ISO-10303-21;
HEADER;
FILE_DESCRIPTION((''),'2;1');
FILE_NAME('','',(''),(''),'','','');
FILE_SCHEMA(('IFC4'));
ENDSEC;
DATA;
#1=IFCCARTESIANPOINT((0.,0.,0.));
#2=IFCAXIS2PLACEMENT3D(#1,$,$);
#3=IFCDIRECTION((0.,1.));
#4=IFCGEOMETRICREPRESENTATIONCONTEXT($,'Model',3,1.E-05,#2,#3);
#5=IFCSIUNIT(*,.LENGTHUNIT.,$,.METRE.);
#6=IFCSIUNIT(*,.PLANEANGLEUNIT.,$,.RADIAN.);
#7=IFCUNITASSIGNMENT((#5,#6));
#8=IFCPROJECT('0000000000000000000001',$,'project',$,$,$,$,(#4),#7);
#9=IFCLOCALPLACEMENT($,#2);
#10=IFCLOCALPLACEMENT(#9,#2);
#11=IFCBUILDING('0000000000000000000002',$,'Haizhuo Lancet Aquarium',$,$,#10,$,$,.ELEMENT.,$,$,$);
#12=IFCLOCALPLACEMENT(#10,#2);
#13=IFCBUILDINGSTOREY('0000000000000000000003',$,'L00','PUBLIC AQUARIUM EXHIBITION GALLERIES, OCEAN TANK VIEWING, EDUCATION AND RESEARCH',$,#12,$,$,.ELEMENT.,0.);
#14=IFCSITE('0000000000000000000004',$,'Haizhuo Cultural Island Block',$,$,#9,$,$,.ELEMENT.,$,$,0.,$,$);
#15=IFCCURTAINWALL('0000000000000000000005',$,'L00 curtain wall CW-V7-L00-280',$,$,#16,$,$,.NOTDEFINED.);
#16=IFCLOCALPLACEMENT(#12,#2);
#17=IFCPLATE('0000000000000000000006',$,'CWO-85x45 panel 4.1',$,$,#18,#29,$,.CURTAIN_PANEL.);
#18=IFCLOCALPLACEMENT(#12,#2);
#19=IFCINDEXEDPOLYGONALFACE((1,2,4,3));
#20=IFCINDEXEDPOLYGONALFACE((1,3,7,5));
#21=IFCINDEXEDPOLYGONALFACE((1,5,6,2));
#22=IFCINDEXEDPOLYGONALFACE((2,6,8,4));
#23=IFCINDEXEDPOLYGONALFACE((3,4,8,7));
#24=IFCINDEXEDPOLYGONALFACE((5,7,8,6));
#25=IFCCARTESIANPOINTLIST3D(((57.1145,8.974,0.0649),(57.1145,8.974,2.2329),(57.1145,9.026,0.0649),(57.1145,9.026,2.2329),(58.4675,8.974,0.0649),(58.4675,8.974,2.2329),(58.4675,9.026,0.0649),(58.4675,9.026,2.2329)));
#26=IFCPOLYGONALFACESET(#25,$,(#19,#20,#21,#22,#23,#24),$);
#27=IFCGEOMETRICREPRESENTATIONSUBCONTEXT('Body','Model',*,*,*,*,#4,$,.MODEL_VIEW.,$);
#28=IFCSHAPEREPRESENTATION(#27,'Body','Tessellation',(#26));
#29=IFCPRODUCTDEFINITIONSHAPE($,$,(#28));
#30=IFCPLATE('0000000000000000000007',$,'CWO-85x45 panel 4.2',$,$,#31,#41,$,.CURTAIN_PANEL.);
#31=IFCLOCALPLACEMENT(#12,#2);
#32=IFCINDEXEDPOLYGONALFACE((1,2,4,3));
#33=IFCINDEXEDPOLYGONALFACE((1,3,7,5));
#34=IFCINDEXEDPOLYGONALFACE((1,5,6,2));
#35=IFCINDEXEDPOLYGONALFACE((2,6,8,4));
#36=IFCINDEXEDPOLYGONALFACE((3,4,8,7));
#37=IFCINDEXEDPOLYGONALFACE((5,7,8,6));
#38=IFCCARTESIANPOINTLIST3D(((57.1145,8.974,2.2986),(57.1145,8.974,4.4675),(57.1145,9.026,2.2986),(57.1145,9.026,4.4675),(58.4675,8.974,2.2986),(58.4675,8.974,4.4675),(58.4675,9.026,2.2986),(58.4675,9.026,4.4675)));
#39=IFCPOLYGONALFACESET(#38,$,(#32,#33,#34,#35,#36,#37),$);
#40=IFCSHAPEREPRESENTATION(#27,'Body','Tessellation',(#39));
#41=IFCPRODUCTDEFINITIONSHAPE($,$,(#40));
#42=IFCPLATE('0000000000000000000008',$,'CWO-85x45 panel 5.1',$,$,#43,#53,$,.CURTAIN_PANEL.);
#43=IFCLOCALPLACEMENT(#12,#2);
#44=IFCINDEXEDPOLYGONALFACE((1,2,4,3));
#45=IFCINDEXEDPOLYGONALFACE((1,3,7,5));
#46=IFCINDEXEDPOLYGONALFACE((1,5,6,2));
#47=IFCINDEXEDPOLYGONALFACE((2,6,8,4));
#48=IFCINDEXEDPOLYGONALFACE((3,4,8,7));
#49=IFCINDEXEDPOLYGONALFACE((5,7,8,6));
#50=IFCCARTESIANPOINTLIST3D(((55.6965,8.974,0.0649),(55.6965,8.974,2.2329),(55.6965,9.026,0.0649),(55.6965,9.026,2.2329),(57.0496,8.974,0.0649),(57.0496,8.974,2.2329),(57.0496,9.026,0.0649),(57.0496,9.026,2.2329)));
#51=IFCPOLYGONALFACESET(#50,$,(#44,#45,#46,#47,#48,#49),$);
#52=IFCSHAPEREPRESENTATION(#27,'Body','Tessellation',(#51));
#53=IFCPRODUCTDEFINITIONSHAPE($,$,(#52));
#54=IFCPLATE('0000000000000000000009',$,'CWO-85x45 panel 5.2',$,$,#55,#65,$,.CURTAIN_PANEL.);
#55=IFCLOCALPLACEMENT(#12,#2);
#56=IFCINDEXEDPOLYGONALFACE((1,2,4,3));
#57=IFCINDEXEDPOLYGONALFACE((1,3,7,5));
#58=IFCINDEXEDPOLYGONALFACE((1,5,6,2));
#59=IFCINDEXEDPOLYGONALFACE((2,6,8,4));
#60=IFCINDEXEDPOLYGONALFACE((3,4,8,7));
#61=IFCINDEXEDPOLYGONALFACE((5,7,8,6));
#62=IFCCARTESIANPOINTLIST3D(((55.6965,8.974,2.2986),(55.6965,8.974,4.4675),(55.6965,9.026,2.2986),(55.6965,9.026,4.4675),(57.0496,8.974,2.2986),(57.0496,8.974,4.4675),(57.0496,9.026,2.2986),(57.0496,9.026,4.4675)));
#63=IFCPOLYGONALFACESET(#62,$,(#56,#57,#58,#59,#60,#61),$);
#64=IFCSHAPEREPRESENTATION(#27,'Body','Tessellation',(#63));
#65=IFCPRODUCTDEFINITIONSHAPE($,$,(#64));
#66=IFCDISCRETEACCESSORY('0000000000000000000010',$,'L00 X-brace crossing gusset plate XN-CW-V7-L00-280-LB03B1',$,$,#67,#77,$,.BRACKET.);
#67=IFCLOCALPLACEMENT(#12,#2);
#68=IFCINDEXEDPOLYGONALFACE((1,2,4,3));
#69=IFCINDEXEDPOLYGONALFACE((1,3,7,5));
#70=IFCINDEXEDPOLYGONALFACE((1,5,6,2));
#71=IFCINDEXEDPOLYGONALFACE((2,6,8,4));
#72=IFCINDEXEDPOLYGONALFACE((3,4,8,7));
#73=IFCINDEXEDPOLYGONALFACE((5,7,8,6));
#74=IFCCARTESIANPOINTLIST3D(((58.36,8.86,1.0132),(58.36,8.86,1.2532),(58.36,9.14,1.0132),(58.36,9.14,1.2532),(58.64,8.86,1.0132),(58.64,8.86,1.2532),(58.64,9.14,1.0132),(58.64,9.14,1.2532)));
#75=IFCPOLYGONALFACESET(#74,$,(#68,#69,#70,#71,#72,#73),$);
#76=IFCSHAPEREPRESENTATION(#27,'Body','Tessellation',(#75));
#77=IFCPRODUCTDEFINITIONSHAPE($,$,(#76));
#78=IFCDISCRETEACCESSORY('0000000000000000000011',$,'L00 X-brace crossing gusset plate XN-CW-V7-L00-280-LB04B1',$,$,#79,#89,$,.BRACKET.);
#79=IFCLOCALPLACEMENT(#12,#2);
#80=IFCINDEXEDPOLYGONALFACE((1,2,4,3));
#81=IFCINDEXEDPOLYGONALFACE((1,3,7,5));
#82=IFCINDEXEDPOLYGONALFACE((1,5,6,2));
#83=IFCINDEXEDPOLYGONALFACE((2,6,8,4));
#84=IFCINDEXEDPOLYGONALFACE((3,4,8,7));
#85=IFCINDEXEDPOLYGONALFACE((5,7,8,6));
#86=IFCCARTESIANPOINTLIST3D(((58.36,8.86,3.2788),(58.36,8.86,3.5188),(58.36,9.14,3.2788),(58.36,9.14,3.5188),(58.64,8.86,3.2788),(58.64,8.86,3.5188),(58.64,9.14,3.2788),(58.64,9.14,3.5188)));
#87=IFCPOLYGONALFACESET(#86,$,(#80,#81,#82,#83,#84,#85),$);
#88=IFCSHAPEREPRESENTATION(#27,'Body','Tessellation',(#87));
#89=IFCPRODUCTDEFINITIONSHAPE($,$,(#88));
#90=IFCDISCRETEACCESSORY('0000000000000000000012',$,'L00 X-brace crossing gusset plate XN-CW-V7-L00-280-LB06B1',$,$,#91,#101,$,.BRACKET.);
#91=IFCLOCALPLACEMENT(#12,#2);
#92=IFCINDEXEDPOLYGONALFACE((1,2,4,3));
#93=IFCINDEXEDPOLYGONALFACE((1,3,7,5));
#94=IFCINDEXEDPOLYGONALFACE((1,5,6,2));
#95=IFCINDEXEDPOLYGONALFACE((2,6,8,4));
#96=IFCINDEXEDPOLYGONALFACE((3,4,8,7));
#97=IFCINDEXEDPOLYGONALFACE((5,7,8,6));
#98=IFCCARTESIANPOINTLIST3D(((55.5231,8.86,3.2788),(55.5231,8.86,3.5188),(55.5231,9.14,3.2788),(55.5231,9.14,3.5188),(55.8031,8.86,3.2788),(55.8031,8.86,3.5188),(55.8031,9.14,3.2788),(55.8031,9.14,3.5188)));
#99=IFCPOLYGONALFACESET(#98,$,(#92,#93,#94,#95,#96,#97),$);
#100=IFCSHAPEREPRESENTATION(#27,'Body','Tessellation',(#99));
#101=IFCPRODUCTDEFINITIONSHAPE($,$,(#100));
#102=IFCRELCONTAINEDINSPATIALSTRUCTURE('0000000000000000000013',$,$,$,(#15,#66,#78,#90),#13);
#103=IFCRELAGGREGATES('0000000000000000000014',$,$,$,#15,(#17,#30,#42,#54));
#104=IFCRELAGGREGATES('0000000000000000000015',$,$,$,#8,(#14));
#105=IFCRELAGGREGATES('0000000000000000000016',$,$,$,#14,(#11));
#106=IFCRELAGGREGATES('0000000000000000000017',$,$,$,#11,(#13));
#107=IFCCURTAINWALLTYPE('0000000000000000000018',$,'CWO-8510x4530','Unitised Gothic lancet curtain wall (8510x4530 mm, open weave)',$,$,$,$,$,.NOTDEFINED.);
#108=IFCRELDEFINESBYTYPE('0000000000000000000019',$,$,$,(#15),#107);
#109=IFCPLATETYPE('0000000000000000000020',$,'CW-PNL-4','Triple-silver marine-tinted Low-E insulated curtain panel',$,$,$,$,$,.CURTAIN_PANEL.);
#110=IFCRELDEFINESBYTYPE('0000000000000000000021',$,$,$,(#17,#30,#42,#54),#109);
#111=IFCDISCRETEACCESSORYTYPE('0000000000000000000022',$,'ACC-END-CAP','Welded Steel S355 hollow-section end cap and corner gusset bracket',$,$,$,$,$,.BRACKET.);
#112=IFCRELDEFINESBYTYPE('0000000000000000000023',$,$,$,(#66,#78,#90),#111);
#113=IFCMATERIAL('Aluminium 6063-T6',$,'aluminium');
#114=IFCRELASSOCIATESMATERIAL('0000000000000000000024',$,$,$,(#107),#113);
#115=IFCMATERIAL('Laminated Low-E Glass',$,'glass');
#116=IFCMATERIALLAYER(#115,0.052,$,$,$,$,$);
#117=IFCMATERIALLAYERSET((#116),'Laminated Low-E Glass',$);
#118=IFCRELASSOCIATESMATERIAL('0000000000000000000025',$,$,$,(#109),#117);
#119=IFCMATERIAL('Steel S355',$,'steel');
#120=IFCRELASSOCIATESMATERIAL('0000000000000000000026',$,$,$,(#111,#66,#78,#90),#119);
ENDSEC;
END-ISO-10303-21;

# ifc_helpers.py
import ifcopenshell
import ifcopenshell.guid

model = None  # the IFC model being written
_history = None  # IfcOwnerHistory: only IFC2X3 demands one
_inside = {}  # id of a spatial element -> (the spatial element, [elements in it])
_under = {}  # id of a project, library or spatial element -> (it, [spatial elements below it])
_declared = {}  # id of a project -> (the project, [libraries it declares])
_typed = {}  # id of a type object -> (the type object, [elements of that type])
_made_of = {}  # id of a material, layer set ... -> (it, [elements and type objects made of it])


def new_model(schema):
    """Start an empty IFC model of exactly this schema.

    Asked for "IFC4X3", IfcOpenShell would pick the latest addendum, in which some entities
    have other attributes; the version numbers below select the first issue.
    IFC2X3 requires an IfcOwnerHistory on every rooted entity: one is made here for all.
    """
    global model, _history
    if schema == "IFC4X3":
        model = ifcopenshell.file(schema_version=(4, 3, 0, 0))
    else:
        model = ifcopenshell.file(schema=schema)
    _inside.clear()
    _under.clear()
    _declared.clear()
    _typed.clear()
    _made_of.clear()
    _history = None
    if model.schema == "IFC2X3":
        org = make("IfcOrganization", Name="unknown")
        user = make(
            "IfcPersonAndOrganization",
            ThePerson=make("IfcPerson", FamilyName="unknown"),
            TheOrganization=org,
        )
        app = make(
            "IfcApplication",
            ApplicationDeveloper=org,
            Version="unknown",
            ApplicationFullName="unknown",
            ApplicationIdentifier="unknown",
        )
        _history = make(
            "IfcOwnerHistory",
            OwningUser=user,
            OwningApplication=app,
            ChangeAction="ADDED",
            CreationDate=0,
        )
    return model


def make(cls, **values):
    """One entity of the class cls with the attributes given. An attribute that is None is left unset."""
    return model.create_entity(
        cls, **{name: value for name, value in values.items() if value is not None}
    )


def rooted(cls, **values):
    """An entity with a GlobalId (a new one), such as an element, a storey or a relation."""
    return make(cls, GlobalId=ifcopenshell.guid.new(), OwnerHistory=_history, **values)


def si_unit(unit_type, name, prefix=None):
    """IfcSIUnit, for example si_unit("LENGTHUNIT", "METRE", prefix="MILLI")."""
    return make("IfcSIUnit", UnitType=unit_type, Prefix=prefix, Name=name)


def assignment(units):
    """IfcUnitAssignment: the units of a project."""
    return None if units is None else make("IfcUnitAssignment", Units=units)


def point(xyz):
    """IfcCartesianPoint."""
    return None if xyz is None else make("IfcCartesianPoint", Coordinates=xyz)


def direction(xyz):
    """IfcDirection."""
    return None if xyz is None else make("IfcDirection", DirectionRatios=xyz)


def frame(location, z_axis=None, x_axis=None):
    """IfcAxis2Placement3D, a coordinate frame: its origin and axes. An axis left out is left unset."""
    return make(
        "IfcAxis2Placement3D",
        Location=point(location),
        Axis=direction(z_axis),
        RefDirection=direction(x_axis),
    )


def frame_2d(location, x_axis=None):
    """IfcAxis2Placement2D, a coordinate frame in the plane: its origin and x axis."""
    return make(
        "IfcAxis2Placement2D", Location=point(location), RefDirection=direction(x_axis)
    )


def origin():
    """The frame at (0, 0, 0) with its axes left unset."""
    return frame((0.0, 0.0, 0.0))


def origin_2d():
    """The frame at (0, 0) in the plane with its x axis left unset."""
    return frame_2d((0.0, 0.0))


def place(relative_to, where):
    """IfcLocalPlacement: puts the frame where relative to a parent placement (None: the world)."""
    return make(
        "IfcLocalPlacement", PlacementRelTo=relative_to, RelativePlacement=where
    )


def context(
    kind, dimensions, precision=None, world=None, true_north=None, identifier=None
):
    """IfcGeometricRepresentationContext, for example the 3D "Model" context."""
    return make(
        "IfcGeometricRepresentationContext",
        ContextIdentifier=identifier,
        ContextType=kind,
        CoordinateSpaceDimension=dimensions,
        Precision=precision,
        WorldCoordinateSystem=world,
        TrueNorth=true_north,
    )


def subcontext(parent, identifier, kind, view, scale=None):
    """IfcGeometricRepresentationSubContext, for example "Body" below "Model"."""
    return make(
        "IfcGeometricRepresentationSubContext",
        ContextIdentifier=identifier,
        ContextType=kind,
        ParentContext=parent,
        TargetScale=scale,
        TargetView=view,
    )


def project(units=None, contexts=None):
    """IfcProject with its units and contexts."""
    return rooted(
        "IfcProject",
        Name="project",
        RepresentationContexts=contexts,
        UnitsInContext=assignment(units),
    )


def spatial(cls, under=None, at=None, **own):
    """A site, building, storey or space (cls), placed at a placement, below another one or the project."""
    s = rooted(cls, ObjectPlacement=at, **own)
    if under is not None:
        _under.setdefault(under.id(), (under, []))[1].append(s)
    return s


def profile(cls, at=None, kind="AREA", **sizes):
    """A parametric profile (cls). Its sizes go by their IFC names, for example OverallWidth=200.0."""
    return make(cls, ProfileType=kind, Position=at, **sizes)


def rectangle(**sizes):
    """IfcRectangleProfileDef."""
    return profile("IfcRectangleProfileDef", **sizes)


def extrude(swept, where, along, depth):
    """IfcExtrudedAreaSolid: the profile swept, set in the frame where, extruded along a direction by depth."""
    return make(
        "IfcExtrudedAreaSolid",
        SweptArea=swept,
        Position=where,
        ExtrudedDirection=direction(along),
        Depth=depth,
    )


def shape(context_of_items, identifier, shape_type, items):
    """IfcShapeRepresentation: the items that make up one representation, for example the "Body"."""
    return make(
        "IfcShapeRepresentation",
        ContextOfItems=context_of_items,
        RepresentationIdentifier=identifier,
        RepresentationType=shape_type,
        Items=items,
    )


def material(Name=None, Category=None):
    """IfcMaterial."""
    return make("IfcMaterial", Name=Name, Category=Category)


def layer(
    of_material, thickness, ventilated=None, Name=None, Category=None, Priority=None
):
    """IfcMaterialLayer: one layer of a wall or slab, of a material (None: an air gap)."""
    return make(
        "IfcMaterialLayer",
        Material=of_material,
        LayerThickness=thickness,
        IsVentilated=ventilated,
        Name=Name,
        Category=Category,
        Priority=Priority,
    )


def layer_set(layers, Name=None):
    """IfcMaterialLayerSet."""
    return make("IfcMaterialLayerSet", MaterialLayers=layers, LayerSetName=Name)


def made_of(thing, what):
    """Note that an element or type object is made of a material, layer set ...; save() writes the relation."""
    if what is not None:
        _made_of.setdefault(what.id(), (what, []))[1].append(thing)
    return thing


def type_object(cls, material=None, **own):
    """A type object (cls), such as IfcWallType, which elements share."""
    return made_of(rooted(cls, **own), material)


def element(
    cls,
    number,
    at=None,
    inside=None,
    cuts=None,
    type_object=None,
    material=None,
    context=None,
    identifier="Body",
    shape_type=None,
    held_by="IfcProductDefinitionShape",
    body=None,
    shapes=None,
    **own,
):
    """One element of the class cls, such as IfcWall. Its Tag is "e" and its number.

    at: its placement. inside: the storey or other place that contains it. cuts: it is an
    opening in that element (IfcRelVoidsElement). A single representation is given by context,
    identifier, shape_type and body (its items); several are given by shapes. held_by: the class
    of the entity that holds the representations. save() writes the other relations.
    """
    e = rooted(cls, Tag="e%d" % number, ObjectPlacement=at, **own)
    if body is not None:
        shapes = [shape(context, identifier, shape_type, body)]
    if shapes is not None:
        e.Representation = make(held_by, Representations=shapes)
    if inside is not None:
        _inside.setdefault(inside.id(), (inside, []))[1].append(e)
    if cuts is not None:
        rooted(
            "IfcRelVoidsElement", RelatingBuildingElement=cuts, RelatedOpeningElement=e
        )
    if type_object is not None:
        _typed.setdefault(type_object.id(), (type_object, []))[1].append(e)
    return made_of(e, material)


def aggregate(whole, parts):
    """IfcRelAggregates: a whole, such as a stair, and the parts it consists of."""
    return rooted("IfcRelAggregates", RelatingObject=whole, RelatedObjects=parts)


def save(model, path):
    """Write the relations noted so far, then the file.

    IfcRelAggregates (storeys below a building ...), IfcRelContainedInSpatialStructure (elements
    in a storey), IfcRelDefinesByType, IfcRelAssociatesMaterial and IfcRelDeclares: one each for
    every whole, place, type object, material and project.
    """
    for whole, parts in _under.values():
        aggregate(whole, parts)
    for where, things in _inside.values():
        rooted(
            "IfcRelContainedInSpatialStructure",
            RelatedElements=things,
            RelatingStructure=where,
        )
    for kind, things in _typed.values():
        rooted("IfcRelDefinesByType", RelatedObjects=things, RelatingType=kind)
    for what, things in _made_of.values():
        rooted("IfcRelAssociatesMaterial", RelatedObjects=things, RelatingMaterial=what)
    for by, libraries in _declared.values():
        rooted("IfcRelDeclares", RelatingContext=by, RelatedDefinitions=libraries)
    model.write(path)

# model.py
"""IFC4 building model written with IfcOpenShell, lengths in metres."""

from ifc_helpers import new_model, si_unit, direction, frame, origin, origin_2d, place, context, subcontext, project, spatial, rectangle, extrude, material, layer, layer_set, type_object, element, aggregate, save


model = new_model("IFC4")

# Units and contexts
model_context = context("Model", 3, precision=1e-05, world=origin(), true_north=direction((0.0, 1.0)))
body_context = subcontext(model_context, "Body", "Model", "MODEL_VIEW")
ifc_project = project(units=[si_unit("LENGTHUNIT", "METRE"), si_unit("PLANEANGLEUNIT", "RADIAN")], contexts=[model_context])

# Site, building, storey
site_placement = place(None, origin())
site = spatial("IfcSite", under=ifc_project, at=site_placement, Name="Haizhuo Cultural Island Block", CompositionType="ELEMENT", RefElevation=0.0)
building_placement = place(site_placement, origin())
building = spatial("IfcBuilding", under=site, at=building_placement, Name="Haizhuo Lancet Aquarium", CompositionType="ELEMENT")
storey_placement = place(building_placement, origin())
storey = spatial("IfcBuildingStorey", under=building, at=storey_placement, Name="L00", Description="PUBLIC AQUARIUM EXHIBITION GALLERIES, OCEAN TANK VIEWING, EDUCATION AND RESEARCH", CompositionType="ELEMENT", Elevation=0.0)

# Shared definitions
ifc_material_1 = material(Name="Steel S355", Category="steel")

# Curtain wall
ifc_material_2 = material(Name="Aluminium 6063-T6", Category="aluminium")
curtain_wall_type = type_object("IfcCurtainWallType", Name="CWO-8510x4530", Description="Unitised Gothic lancet curtain wall (8510x4530 mm, open weave)", PredefinedType="NOTDEFINED", material=ifc_material_2)
curtain_wall_placement = place(storey_placement, origin())
curtain_wall = element("IfcCurtainWall", 1, at=curtain_wall_placement, inside=storey, type_object=curtain_wall_type, Name="L00 curtain wall CW-V7-L00-280", PredefinedType="NOTDEFINED")

# Plates
ifc_material_3 = material(Name="Laminated Low-E Glass", Category="glass")
ifc_layer = layer(ifc_material_3, 0.052)
ifc_layer_set = layer_set([ifc_layer], Name="Laminated Low-E Glass")
plate_type = type_object("IfcPlateType", Name="CW-PNL-4", Description="Triple-silver marine-tinted Low-E insulated curtain panel", PredefinedType="CURTAIN_PANEL", material=ifc_layer_set)
plate_1_placement = place(storey_placement, frame((57.791, 9.0, 0.0649), z_axis=(0.0, 0.0, 1.0), x_axis=(-1.0, 0.0, 0.0)))
plate_1 = element("IfcPlate", 2, at=plate_1_placement, type_object=plate_type, Name="CWO-85x45 panel 4.1", PredefinedType="CURTAIN_PANEL", context=body_context, shape_type="SweptSolid", body=[
    extrude(rectangle(XDim=1.353, YDim=0.052, at=origin_2d()), origin(), (0.0, 0.0, 1.0), 2.168),
])
plate_2_placement = place(storey_placement, frame((57.791, 9.0, 2.2986), z_axis=(0.0, 0.0, 1.0), x_axis=(-1.0, 0.0, 0.0)))
plate_2 = element("IfcPlate", 3, at=plate_2_placement, type_object=plate_type, Name="CWO-85x45 panel 4.2", PredefinedType="CURTAIN_PANEL", context=body_context, shape_type="SweptSolid", body=[
    extrude(rectangle(XDim=1.353, YDim=0.052, at=origin_2d()), origin(), (0.0, 0.0, 1.0), 2.1689),
])
plate_3_placement = place(storey_placement, frame((56.373, 9.0, 0.0649), z_axis=(0.0, 0.0, 1.0), x_axis=(-1.0, 0.0, 0.0)))
plate_3 = element("IfcPlate", 4, at=plate_3_placement, type_object=plate_type, Name="CWO-85x45 panel 5.1", PredefinedType="CURTAIN_PANEL", context=body_context, shape_type="SweptSolid", body=[
    extrude(rectangle(XDim=1.353, YDim=0.052, at=origin_2d()), origin(), (0.0, 0.0, 1.0), 2.168),
])
plate_4_placement = place(storey_placement, frame((56.373, 9.0, 2.2986), z_axis=(0.0, 0.0, 1.0), x_axis=(-1.0, 0.0, 0.0)))
plate_4 = element("IfcPlate", 5, at=plate_4_placement, type_object=plate_type, Name="CWO-85x45 panel 5.2", PredefinedType="CURTAIN_PANEL", context=body_context, shape_type="SweptSolid", body=[
    extrude(rectangle(XDim=1.353, YDim=0.052, at=origin_2d()), origin(), (0.0, 0.0, 1.0), 2.1689),
])
aggregate(curtain_wall, [plate_1, plate_2, plate_3, plate_4])

# Discrete accessories
discrete_accessory_type = type_object("IfcDiscreteAccessoryType", Name="ACC-END-CAP", Description="Welded Steel S355 hollow-section end cap and corner gusset bracket", PredefinedType="BRACKET", material=ifc_material_1)
for number, where, z_axis, x_axis, name in (
    (6, (58.5, 9.0, 1.0132), (0.0, 0.0, 1.0), (1.0, 0.0, 0.0), "L00 X-brace crossing gusset plate XN-CW-V7-L00-280-LB03B1"),
    (7, (58.5, 9.0, 3.2788), (0.0, 0.0, 1.0), (1.0, 0.0, 0.0), "L00 X-brace crossing gusset plate XN-CW-V7-L00-280-LB04B1"),
    (8, (55.6631, 9.0, 3.2788), (0.0, 0.0, 1.0), (1.0, 0.0, 0.0), "L00 X-brace crossing gusset plate XN-CW-V7-L00-280-LB06B1"),
):
    element("IfcDiscreteAccessory", number, at=place(storey_placement, frame(where, z_axis=z_axis, x_axis=x_axis)), inside=storey, type_object=discrete_accessory_type, material=ifc_material_1, Name=name, PredefinedType="BRACKET", context=body_context, shape_type="SweptSolid", body=[
        extrude(rectangle(XDim=0.28, YDim=0.28, at=origin_2d()), origin(), (0.0, 0.0, 1.0), 0.24),
    ])

save(model, "model.ifc")
